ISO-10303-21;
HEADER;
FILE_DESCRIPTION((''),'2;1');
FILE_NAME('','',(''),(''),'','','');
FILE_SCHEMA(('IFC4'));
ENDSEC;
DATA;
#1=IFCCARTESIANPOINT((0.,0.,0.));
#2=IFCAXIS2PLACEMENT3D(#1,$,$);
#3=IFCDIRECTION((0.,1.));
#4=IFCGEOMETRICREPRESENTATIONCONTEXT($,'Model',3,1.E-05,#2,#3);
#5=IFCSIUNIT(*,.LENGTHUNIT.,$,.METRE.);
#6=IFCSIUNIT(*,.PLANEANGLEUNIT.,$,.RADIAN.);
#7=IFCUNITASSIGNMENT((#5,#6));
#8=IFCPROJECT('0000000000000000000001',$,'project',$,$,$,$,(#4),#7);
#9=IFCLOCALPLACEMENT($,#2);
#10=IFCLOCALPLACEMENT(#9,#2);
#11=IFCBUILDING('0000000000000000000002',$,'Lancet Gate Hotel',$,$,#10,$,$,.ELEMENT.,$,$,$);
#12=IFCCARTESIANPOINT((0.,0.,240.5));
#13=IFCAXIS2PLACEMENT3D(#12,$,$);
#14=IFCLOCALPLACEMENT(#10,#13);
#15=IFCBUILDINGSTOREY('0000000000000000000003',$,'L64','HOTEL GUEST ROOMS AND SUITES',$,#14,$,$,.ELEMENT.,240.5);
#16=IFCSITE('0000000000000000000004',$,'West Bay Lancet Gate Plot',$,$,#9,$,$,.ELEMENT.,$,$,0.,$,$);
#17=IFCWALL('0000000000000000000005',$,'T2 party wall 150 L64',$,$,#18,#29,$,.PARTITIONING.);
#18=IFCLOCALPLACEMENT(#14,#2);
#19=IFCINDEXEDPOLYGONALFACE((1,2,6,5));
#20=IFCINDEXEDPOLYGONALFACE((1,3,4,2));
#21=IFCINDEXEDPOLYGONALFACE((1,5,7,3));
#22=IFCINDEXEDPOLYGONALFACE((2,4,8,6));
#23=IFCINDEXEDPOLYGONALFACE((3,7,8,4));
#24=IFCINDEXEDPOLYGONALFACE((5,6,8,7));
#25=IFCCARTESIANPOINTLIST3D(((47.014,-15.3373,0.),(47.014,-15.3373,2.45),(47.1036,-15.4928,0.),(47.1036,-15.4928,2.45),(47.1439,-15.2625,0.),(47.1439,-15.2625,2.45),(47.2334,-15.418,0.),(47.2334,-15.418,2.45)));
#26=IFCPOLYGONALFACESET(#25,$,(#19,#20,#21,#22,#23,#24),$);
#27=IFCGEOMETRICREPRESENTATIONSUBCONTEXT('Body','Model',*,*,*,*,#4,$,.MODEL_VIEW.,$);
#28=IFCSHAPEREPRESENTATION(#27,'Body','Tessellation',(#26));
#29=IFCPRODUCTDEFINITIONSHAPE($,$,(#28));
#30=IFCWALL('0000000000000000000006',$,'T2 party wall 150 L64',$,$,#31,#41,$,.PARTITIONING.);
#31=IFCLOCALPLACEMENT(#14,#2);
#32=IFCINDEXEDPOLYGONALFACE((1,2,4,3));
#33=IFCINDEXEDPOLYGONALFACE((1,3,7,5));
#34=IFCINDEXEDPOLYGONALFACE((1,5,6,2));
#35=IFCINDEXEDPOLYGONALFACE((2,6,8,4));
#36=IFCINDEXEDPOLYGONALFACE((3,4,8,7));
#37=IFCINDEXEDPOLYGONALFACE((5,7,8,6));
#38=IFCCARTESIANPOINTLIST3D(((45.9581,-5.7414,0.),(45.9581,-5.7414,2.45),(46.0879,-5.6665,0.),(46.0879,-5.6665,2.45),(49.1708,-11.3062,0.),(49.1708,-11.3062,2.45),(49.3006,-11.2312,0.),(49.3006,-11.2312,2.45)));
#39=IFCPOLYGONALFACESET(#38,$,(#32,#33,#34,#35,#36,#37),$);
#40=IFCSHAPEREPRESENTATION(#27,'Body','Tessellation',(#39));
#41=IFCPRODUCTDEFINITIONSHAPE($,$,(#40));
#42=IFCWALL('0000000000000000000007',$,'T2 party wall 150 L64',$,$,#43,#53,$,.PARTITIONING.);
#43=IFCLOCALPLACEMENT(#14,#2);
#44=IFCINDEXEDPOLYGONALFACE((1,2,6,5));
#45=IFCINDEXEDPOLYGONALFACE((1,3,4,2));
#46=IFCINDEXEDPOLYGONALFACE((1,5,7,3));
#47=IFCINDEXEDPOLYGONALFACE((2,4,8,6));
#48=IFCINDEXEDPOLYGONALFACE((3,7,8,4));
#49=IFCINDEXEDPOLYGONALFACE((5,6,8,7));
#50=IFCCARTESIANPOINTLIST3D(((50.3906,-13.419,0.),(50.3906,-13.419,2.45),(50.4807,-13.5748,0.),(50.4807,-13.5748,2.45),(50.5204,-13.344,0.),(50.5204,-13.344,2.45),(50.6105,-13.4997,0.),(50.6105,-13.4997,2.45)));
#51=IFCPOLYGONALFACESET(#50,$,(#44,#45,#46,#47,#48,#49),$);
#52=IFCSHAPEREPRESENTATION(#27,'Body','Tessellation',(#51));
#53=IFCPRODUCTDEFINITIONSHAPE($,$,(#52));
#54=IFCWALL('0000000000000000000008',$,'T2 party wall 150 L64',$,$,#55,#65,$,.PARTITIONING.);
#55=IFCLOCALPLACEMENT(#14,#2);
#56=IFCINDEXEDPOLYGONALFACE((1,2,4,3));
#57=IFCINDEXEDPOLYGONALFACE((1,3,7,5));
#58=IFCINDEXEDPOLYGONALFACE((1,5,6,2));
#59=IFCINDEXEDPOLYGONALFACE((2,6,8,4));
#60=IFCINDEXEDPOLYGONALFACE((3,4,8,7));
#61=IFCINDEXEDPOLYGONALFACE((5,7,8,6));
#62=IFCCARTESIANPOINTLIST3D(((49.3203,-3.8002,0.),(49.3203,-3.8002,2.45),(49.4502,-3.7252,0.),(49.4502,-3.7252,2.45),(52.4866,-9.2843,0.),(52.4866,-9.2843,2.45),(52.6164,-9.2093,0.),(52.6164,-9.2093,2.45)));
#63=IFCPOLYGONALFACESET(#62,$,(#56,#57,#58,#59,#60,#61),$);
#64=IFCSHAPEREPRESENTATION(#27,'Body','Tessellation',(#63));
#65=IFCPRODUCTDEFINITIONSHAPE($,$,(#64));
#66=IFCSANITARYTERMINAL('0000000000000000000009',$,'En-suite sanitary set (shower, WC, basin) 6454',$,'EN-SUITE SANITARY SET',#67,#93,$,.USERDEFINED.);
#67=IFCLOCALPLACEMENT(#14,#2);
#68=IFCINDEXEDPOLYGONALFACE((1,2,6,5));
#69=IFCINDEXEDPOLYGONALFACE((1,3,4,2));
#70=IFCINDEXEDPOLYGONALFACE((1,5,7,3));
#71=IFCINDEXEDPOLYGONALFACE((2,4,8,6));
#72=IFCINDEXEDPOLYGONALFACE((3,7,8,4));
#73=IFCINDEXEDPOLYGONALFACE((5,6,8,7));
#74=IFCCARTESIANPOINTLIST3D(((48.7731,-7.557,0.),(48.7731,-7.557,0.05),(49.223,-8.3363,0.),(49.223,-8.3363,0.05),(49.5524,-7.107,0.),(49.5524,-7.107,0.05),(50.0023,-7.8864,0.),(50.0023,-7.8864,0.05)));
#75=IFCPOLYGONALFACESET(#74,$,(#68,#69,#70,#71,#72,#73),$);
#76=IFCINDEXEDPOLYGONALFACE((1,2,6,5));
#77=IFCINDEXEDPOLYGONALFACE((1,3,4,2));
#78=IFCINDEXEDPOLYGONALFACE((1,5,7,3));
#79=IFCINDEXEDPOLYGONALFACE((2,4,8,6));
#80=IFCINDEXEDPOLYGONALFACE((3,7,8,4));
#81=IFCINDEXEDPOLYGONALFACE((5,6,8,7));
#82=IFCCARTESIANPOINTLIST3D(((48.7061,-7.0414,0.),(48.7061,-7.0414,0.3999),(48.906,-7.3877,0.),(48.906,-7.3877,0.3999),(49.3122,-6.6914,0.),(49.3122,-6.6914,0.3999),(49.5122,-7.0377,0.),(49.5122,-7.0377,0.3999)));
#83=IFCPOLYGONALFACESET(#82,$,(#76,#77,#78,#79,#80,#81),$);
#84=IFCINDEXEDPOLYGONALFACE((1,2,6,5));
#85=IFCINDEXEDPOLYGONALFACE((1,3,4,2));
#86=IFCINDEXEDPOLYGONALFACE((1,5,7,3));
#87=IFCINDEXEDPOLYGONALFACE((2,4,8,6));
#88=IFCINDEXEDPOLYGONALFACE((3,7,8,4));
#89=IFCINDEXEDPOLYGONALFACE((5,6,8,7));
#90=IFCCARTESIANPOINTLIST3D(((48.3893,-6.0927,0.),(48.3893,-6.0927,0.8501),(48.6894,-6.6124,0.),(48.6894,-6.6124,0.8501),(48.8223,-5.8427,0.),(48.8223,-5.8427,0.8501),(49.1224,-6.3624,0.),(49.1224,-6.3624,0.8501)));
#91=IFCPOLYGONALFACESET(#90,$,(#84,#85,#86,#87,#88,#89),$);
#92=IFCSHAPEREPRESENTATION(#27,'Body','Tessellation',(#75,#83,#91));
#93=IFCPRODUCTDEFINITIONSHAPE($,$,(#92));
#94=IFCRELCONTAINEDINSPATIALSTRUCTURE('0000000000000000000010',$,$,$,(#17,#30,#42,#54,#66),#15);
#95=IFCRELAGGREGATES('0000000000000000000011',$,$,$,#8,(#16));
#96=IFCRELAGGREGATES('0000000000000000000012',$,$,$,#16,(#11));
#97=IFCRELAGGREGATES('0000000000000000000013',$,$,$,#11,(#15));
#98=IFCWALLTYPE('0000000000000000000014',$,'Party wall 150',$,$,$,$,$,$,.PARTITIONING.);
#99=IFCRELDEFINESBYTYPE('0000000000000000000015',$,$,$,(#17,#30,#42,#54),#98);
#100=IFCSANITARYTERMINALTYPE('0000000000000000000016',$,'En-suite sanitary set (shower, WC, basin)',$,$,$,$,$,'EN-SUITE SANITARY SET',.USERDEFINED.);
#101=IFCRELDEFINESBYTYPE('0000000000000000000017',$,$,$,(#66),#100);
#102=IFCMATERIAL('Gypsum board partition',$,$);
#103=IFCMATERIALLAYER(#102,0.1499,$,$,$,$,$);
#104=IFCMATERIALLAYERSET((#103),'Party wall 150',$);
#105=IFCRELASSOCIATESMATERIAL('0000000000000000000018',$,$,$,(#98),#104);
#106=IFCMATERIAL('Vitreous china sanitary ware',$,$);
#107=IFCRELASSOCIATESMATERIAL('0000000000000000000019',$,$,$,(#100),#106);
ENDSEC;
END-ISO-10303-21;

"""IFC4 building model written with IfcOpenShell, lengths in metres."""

from ifc_helpers import new_model, si_unit, direction, frame, frame_2d, origin, origin_2d, place, context, subcontext, project, spatial, rectangle, extrude, material, layer, layer_set, type_object, element, save


model = new_model("IFC4")

# Units and contexts
model_context = context("Model", 3, precision=1e-05, world=origin(), true_north=direction((0.0, 1.0)))
body_context = subcontext(model_context, "Body", "Model", "MODEL_VIEW")
ifc_project = project(units=[si_unit("LENGTHUNIT", "METRE"), si_unit("PLANEANGLEUNIT", "RADIAN")], contexts=[model_context])

# Site, building, storey
site_placement = place(None, origin())
site = spatial("IfcSite", under=ifc_project, at=site_placement, Name="West Bay Lancet Gate Plot", CompositionType="ELEMENT", RefElevation=0.0)
building_placement = place(site_placement, origin())
building = spatial("IfcBuilding", under=site, at=building_placement, Name="Lancet Gate Hotel", CompositionType="ELEMENT")
storey_placement = place(building_placement, frame((0.0, 0.0, 240.5)))
storey = spatial("IfcBuildingStorey", under=building, at=storey_placement, Name="L64", Description="HOTEL GUEST ROOMS AND SUITES", CompositionType="ELEMENT", Elevation=240.5)

# Walls
ifc_material_1 = material(Name="Gypsum board partition")
ifc_layer_1 = layer(ifc_material_1, 0.1499)
ifc_layer_set_1 = layer_set([ifc_layer_1], Name="Party wall 150")
wall_type_1 = type_object("IfcWallType", Name="Party wall 150", PredefinedType="PARTITIONING", material=ifc_layer_set_1)
wall_1_placement = place(storey_placement, frame((47.0789, -15.2998, 0.0), z_axis=(0.0, 0.0, 1.0), x_axis=(0.499212, -0.86648, 0.0)))
element("IfcWall", 1, at=wall_1_placement, inside=storey, type_object=wall_type_1, Name="T2 party wall 150 L64", PredefinedType="PARTITIONING", context=body_context, shape_type="SweptSolid", body=[
    extrude(rectangle(XDim=0.1794, YDim=0.1499, at=frame_2d((0.0898, 0.0))), origin(), (0.0, 0.0, 1.0), 2.45),
])
wall_2_placement = place(storey_placement, frame((46.0229, -5.7039, 0.0), z_axis=(0.0, 0.0, 1.0), x_axis=(0.499984, -0.866034, 0.0)))
element("IfcWall", 2, at=wall_2_placement, inside=storey, type_object=wall_type_1, Name="T2 party wall 150 L64", PredefinedType="PARTITIONING", context=body_context, shape_type="SweptSolid", body=[
    extrude(rectangle(XDim=6.4255, YDim=0.1499, at=frame_2d((3.2129, 0.0))), origin(), (0.0, 0.0, 1.0), 2.45),
])
wall_3_placement = place(storey_placement, frame((50.4556, -13.3816, 0.0), z_axis=(0.0, 0.0, 1.0), x_axis=(0.500662, -0.865643, 0.0)))
element("IfcWall", 3, at=wall_3_placement, inside=storey, type_object=wall_type_1, Name="T2 party wall 150 L64", PredefinedType="PARTITIONING", context=body_context, shape_type="SweptSolid", body=[
    extrude(rectangle(XDim=0.1799, YDim=0.1499, at=frame_2d((0.0898, 0.0))), origin(), (0.0, 0.0, 1.0), 2.45),
])
wall_4_placement = place(storey_placement, frame((49.3853, -3.7627, 0.0), z_axis=(0.0, 0.0, 1.0), x_axis=(0.499999, -0.866026, 0.0)))
element("IfcWall", 4, at=wall_4_placement, inside=storey, type_object=wall_type_1, Name="T2 party wall 150 L64", PredefinedType="PARTITIONING", context=body_context, shape_type="SweptSolid", body=[
    extrude(rectangle(XDim=6.3325, YDim=0.1499, at=frame_2d((3.1663, 0.0))), origin(), (0.0, 0.0, 1.0), 2.45),
])

# Sanitary terminal
ifc_material_2 = material(Name="Vitreous china sanitary ware")
sanitary_terminal_type = type_object("IfcSanitaryTerminalType", Name="En-suite sanitary set (shower, WC, basin)", ElementType="EN-SUITE SANITARY SET", PredefinedType="USERDEFINED", material=ifc_material_2)
sanitary_terminal_placement = place(storey_placement, frame((49.3877, -7.7217, 0.0), z_axis=(0.0, 0.0, 1.0), x_axis=(1.0, 0.0, 0.0)))
element("IfcSanitaryTerminal", 5, at=sanitary_terminal_placement, inside=storey, type_object=sanitary_terminal_type, Name="En-suite sanitary set (shower, WC, basin) 6454", ObjectType="EN-SUITE SANITARY SET", PredefinedType="USERDEFINED", context=body_context, shape_type="SweptSolid", body=[
    extrude(rectangle(XDim=0.8999, YDim=0.8999, at=origin_2d()), frame((0.0, 0.0, 0.0), z_axis=(0.0, 0.0, 1.0), x_axis=(0.5, -0.866025, 0.0)), (0.0, 0.0, 1.0), 0.05),
    extrude(rectangle(XDim=0.3999, YDim=0.7, at=origin_2d()), frame((-0.2786, 0.6821, 0.0), z_axis=(0.0, 0.0, 1.0), x_axis=(0.5, -0.866025, 0.0)), (0.0, 0.0, 1.0), 0.3999),
    extrude(rectangle(XDim=0.6001, YDim=0.5, at=origin_2d()), frame((-0.6318, 1.4941, 0.0), z_axis=(0.0, 0.0, 1.0), x_axis=(0.5, -0.866025, 0.0)), (0.0, 0.0, 1.0), 0.8501),
])

save(model, "model.ifc")
